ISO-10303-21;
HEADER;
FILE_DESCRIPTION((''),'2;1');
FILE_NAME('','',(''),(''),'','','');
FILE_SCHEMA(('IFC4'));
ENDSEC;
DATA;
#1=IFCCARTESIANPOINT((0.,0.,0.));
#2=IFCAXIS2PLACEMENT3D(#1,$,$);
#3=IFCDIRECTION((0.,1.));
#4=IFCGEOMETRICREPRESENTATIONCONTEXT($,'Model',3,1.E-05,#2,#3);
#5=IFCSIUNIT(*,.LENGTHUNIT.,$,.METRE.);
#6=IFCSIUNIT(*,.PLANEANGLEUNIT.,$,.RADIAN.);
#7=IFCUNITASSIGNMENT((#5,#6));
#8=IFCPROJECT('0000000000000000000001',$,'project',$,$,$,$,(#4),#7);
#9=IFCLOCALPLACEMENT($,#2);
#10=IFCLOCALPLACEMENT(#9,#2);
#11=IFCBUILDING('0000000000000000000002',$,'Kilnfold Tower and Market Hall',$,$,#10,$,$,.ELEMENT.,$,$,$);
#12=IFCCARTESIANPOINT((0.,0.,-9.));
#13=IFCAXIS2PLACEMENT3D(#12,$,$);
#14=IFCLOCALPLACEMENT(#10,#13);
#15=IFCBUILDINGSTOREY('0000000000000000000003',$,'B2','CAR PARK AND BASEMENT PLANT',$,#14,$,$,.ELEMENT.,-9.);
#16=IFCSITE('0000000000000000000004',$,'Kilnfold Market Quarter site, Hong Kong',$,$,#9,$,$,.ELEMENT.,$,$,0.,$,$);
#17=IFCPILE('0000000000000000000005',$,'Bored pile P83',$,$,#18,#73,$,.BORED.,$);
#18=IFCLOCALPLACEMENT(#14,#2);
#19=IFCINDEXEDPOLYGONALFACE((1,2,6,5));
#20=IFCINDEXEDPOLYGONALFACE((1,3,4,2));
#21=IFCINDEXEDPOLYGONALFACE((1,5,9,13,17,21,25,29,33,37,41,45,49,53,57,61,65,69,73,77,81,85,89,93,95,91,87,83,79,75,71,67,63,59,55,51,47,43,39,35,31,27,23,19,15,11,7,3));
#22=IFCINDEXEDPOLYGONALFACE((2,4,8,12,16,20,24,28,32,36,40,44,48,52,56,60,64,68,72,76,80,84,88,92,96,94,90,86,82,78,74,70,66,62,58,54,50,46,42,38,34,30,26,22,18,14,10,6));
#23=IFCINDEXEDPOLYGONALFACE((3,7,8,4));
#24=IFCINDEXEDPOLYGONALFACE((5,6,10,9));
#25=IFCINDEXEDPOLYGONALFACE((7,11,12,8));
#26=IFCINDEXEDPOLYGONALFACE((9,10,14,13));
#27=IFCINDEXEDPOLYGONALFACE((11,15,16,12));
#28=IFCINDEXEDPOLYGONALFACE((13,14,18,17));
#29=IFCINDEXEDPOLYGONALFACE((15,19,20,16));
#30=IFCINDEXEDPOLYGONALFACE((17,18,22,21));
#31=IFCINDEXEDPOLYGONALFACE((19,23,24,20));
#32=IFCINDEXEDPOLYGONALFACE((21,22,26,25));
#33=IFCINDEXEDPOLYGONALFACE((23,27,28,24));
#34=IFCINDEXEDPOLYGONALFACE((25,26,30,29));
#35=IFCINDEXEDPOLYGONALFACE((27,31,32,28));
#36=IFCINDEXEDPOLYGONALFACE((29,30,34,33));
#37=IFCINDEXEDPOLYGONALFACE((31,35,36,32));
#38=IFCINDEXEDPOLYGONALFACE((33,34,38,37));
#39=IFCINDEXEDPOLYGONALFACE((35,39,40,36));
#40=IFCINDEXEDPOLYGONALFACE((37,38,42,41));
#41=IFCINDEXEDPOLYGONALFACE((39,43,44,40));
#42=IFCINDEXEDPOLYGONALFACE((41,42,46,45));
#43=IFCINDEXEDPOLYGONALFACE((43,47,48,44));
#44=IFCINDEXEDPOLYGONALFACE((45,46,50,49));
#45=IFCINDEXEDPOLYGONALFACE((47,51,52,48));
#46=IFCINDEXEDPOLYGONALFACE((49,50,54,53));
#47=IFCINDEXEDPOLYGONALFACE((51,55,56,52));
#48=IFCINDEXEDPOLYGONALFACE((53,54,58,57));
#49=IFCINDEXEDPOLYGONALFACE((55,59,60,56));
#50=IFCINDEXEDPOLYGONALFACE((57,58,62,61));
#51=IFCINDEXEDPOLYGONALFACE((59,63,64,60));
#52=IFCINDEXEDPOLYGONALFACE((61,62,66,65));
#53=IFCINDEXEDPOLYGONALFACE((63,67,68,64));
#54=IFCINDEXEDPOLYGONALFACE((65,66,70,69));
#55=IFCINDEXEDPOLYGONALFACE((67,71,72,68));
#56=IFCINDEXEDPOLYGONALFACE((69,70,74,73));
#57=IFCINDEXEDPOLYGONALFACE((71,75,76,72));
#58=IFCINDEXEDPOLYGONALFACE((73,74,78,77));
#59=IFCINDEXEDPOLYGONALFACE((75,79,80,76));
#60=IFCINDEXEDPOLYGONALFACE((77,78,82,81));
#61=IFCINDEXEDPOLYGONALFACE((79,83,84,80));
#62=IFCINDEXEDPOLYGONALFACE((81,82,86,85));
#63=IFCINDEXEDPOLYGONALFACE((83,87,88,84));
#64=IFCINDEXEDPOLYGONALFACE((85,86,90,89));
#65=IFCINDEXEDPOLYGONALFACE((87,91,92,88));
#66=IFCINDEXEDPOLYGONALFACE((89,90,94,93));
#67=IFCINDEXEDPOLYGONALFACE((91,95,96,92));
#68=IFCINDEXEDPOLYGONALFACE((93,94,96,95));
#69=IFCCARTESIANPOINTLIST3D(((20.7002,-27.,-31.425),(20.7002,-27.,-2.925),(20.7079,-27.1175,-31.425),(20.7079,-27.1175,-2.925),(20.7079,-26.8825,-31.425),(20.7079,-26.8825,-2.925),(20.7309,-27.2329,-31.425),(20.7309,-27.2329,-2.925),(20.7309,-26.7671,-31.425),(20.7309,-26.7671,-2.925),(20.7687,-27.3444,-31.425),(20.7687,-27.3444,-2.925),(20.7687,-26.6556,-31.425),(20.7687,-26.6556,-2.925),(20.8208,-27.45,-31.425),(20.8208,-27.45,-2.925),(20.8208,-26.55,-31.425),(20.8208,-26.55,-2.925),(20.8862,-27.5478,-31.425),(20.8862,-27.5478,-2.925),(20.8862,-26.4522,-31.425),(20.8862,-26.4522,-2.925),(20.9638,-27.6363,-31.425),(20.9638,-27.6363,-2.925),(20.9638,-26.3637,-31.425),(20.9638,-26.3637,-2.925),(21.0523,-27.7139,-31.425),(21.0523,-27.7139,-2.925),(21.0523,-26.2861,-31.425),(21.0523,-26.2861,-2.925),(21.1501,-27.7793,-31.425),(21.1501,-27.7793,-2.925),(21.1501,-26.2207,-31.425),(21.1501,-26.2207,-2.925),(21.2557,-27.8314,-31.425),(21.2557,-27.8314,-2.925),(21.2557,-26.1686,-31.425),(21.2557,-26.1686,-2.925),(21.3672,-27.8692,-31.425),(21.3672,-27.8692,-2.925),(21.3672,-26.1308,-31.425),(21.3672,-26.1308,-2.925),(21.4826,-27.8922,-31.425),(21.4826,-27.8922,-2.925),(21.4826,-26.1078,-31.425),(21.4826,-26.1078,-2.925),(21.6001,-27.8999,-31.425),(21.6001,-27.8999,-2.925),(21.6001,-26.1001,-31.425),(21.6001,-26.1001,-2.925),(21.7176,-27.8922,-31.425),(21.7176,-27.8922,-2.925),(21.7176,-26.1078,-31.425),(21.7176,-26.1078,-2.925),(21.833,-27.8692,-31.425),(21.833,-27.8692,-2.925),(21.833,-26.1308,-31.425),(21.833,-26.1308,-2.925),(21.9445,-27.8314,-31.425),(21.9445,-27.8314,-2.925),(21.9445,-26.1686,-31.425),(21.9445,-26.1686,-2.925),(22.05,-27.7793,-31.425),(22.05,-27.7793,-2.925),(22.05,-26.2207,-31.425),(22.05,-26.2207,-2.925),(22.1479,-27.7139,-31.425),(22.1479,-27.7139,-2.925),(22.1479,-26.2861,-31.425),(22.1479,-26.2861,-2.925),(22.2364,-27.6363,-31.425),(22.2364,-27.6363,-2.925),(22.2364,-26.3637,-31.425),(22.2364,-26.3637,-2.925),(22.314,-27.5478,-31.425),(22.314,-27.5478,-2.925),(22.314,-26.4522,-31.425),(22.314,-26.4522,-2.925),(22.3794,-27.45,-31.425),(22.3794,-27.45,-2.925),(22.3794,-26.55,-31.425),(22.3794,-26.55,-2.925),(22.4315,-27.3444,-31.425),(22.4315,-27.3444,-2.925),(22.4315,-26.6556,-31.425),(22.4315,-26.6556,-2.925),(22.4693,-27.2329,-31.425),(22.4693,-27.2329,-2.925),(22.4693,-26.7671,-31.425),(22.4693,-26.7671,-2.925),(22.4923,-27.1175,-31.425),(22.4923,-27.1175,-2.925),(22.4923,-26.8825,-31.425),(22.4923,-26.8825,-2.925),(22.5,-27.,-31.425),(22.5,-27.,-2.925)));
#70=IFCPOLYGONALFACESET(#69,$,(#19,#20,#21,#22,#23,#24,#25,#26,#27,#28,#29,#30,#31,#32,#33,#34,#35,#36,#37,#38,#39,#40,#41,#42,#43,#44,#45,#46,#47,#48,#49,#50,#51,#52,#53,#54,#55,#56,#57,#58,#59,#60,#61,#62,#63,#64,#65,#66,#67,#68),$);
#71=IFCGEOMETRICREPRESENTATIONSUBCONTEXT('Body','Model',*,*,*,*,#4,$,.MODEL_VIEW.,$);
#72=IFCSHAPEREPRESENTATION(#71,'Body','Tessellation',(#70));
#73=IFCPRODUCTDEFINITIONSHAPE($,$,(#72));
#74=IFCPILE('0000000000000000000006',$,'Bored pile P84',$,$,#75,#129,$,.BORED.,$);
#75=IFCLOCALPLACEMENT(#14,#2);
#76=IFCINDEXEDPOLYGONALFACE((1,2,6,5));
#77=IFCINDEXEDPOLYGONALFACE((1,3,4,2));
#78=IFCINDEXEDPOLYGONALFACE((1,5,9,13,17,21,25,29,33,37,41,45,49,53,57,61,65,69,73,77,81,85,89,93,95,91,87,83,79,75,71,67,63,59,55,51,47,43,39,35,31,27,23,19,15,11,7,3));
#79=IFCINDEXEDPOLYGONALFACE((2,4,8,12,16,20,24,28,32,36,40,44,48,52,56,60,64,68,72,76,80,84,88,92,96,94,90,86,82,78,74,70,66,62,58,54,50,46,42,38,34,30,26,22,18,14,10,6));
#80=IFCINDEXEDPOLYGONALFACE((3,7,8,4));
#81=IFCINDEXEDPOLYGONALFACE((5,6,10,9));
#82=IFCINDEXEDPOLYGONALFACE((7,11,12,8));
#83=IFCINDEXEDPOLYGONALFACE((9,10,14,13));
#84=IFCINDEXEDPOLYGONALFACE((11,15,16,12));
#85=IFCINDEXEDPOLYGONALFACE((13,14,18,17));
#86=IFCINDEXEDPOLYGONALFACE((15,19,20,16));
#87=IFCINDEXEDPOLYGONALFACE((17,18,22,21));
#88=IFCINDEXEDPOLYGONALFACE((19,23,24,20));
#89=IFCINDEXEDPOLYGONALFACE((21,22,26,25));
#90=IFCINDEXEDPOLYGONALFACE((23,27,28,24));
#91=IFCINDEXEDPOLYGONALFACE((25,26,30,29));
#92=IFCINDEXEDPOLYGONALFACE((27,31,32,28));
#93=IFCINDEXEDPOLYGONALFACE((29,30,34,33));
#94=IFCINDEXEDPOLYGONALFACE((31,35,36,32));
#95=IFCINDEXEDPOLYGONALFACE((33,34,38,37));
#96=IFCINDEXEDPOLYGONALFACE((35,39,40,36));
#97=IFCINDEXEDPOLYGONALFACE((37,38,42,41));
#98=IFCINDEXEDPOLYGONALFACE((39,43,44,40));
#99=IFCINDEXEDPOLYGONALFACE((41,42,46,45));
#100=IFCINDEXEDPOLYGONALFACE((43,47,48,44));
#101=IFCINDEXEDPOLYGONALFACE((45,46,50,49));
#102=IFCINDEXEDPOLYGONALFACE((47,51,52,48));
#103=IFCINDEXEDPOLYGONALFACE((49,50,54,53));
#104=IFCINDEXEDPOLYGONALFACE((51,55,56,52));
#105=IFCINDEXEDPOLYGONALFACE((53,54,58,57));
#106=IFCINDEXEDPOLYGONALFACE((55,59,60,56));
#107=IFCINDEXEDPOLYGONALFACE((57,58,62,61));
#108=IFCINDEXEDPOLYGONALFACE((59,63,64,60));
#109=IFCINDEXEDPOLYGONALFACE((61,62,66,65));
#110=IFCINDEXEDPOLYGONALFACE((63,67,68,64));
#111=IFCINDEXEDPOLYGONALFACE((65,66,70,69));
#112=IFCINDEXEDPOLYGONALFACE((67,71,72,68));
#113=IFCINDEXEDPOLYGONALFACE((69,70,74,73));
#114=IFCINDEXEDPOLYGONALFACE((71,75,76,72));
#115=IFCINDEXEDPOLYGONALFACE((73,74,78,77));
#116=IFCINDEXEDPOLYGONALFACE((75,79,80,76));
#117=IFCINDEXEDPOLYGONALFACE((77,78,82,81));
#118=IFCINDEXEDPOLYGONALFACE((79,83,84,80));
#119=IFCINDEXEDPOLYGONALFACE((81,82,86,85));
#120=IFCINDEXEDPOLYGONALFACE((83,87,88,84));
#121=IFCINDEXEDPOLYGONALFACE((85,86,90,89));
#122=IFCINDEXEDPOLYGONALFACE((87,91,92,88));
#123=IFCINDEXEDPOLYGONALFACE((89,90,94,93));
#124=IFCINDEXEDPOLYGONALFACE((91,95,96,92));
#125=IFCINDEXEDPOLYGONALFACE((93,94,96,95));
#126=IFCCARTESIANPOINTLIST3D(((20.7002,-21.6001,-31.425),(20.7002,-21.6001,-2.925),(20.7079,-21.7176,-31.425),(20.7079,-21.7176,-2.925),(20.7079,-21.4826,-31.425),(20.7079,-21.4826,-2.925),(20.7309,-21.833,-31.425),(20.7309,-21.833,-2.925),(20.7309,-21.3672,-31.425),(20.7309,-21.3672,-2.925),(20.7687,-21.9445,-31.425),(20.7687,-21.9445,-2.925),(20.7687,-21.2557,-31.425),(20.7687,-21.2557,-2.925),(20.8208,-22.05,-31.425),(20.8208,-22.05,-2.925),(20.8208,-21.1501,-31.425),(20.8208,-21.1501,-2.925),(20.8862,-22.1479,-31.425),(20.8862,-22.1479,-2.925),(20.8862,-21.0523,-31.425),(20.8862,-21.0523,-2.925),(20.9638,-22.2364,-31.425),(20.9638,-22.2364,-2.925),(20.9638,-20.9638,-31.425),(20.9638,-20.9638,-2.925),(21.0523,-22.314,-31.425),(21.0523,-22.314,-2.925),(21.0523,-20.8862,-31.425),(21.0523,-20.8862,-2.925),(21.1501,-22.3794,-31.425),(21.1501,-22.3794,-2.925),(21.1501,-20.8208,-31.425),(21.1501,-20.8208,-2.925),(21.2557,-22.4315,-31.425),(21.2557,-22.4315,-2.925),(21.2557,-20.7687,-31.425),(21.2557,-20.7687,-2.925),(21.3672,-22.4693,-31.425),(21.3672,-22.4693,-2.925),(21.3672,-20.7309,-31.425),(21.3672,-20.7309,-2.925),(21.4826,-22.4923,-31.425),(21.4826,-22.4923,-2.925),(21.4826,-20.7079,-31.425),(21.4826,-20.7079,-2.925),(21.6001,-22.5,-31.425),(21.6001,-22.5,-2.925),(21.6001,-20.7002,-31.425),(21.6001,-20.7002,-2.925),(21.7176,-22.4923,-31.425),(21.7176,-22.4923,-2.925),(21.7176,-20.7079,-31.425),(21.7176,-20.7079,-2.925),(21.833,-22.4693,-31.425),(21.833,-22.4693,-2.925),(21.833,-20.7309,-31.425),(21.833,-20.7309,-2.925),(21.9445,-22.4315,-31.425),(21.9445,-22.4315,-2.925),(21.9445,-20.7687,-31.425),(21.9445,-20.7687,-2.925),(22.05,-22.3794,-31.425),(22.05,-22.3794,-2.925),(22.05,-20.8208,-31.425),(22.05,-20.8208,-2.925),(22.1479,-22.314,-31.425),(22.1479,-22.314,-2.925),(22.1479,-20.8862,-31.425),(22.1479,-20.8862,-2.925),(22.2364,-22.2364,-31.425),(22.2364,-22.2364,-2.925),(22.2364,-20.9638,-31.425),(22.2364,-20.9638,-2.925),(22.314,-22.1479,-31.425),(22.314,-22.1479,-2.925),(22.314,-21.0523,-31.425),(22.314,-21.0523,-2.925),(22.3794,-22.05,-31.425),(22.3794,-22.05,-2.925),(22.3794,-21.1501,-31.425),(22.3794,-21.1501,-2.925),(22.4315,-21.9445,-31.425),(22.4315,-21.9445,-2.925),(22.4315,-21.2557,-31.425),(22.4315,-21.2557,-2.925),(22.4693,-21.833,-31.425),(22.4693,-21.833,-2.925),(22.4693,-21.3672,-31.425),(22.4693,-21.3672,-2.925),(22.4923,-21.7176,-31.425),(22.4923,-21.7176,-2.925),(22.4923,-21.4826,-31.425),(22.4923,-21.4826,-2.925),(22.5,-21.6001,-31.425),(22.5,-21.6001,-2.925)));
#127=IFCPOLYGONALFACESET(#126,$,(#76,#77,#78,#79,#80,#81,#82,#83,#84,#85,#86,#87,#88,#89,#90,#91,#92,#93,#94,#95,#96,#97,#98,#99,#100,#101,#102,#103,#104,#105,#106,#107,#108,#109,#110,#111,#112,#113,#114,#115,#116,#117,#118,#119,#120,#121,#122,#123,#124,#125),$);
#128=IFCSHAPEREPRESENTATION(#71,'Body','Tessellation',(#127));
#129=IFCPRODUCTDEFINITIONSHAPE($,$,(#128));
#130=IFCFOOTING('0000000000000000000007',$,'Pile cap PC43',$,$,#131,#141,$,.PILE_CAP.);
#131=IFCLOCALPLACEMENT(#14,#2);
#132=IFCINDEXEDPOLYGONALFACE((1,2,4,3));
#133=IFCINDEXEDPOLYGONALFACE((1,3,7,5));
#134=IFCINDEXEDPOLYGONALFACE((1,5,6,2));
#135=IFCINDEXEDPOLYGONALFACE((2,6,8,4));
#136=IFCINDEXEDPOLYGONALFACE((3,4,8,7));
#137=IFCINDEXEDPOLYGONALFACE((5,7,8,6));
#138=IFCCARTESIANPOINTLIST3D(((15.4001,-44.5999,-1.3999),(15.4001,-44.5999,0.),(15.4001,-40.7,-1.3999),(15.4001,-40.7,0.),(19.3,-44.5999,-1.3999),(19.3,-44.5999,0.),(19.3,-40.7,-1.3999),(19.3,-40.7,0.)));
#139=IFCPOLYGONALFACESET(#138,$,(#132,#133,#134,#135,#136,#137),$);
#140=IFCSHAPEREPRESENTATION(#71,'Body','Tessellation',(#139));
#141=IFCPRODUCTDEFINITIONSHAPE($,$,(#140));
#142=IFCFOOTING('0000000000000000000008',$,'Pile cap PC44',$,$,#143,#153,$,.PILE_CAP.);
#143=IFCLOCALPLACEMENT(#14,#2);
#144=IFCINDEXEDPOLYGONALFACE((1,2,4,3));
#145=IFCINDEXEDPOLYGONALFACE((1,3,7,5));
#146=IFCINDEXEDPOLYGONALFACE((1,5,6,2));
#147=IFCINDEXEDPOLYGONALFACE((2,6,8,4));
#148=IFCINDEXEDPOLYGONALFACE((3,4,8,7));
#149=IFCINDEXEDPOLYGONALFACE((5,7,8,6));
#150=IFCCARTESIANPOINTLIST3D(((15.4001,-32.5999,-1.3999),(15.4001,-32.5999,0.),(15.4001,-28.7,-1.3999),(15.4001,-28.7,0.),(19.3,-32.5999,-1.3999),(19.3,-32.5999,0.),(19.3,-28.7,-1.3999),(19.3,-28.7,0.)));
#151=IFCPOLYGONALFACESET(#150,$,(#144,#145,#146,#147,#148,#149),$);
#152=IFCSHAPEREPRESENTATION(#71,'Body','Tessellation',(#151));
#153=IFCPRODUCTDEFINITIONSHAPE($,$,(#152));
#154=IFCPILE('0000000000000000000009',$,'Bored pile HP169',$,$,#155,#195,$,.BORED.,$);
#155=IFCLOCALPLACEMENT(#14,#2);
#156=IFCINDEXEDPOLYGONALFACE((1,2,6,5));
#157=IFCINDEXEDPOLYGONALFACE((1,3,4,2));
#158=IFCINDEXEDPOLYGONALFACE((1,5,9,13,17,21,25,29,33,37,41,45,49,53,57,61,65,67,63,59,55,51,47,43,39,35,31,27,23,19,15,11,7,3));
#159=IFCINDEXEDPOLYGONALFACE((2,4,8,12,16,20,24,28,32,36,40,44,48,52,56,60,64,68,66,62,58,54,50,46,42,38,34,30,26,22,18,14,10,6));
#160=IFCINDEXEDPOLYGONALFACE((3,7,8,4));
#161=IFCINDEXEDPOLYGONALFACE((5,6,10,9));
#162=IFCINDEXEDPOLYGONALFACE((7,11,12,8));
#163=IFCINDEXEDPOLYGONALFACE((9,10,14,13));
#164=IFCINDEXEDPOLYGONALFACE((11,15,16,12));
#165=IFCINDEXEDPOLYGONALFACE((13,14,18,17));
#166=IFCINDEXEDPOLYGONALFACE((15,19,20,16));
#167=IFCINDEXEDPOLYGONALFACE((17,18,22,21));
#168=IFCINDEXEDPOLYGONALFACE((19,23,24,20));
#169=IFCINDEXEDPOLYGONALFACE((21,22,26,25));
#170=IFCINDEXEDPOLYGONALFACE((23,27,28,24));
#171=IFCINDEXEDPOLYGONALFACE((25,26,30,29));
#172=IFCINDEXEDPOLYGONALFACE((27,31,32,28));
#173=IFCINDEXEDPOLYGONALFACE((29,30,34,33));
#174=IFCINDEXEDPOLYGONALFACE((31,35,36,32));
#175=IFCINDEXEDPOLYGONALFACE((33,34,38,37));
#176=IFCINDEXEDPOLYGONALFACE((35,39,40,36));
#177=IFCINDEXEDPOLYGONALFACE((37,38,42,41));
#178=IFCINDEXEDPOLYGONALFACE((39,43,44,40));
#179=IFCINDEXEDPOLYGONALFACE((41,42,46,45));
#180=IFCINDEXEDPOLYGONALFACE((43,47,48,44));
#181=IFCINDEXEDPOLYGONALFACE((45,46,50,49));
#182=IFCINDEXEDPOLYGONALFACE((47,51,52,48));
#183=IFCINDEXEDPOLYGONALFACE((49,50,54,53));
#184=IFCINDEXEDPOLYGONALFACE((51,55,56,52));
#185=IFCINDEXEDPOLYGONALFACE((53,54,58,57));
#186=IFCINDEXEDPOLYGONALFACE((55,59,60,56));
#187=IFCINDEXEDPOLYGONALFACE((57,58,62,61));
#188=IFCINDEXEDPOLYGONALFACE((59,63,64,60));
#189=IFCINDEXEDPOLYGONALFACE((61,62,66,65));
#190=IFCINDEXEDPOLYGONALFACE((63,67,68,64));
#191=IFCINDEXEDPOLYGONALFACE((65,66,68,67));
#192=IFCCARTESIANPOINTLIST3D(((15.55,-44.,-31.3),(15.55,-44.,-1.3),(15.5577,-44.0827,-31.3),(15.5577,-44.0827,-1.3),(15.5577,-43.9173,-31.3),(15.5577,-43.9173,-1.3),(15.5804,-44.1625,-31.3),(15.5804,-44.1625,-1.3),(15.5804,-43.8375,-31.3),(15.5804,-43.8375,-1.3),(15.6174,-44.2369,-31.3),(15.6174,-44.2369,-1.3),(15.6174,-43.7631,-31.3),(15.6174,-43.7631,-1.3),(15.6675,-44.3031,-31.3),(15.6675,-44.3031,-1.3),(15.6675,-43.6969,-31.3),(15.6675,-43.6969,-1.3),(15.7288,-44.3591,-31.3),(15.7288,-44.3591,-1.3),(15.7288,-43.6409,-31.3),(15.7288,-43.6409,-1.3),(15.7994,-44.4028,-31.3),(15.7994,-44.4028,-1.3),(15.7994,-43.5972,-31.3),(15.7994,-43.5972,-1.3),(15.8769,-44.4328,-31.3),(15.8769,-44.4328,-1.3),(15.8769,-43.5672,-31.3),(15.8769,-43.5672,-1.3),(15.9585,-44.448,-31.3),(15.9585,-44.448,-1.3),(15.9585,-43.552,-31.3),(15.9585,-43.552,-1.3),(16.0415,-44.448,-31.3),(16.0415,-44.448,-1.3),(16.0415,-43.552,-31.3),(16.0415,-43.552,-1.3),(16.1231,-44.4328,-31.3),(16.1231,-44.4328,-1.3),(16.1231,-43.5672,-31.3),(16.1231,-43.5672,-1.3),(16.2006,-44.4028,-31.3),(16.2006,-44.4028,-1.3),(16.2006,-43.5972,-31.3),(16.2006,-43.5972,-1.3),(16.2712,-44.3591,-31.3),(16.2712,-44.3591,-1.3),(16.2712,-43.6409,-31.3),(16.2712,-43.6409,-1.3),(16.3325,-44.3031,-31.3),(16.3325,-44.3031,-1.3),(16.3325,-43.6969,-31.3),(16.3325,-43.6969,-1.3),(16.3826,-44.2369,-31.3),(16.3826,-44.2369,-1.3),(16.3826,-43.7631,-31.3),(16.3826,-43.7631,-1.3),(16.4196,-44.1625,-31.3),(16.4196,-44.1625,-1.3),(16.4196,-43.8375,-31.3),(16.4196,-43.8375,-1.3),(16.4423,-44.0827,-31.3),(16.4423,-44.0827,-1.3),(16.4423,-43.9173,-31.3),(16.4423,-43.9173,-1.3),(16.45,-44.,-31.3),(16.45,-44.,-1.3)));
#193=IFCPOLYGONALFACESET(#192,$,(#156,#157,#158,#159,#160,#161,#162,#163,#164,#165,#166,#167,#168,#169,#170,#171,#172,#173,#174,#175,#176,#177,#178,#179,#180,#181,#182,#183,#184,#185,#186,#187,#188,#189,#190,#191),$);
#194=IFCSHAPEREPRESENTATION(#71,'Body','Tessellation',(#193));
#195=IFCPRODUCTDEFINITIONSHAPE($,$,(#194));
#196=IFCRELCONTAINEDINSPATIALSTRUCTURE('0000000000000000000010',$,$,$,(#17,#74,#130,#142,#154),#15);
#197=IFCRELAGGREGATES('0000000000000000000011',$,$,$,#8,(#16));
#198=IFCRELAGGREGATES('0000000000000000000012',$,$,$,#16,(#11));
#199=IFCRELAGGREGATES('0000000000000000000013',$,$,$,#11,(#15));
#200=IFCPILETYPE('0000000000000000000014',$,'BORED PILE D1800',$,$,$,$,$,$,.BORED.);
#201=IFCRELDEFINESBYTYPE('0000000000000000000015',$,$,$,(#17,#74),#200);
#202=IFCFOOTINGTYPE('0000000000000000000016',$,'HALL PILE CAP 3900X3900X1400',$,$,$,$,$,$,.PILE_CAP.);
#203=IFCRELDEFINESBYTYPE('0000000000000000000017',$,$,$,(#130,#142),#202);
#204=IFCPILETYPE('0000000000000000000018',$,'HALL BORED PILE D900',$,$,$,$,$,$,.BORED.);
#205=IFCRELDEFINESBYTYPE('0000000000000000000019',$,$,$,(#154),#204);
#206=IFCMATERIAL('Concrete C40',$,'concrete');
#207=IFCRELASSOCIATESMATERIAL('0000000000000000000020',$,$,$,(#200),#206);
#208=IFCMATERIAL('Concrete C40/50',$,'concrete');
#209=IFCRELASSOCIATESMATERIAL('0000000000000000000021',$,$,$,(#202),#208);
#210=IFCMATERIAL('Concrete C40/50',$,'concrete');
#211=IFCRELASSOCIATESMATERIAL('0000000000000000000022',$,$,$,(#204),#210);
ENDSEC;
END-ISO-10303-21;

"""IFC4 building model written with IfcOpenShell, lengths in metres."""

from ifc_helpers import new_model, si_unit, direction, frame, origin, origin_2d, place, context, subcontext, project, spatial, rectangle, circle, extrude, source, transform, mapped, material, material_profile, profile_set, type_object, element, save


model = new_model("IFC4")

# Units and contexts
model_context = context("Model", 3, precision=1e-05, world=origin(), true_north=direction((0.0, 1.0)))
body_context = subcontext(model_context, "Body", "Model", "MODEL_VIEW")
ifc_project = project(units=[si_unit("LENGTHUNIT", "METRE"), si_unit("PLANEANGLEUNIT", "RADIAN")], contexts=[model_context])

# Site, building, storey
site_placement = place(None, origin())
site = spatial("IfcSite", under=ifc_project, at=site_placement, Name="Kilnfold Market Quarter site, Hong Kong", CompositionType="ELEMENT", RefElevation=0.0)
building_placement = place(site_placement, origin())
building = spatial("IfcBuilding", under=site, at=building_placement, Name="Kilnfold Tower and Market Hall", CompositionType="ELEMENT")
storey_placement = place(building_placement, frame((0.0, 0.0, -9.0)))
storey = spatial("IfcBuildingStorey", under=building, at=storey_placement, Name="B2", Description="CAR PARK AND BASEMENT PLANT", CompositionType="ELEMENT", Elevation=-9.0)

# Piles
ifc_material_1 = material(Name="Concrete C40", Category="concrete")
ifc_material_profile_1 = material_profile(ifc_material_1, circle(Radius=0.8999, at=origin_2d()), Name="RC D1800")
ifc_profile_set_1 = profile_set([ifc_material_profile_1], Name="Concrete C40")
pile_type_1 = type_object("IfcPileType", Name="BORED PILE D1800", PredefinedType="BORED", material=ifc_profile_set_1)
shared_shape_1 = source(origin(), body_context, "Body", "SweptSolid", [
    extrude(circle(Radius=0.8999, at=origin_2d()), origin(), (0.0, 0.0, 1.0), 28.5),
])
for number, where, z_axis, x_axis, name in (
    (1, (21.6001, -27.0, -2.925), (0.0, 0.0, -1.0), (1.0, 0.0, 0.0), "Bored pile P83"),
    (2, (21.6001, -21.6001, -2.925), (0.0, 0.0, -1.0), (1.0, 0.0, 0.0), "Bored pile P84"),
):
    element("IfcPile", number, at=place(storey_placement, frame(where, z_axis=z_axis, x_axis=x_axis)), inside=storey, type_object=pile_type_1, Name=name, PredefinedType="BORED", context=body_context, shape_type="MappedRepresentation", body=[
        mapped(shared_shape_1, transform((0.0, 0.0, 0.0))),
    ])

# Footings
ifc_material_2 = material(Name="Concrete C40/50", Category="concrete")
footing_type = type_object("IfcFootingType", Name="HALL PILE CAP 3900X3900X1400", PredefinedType="PILE_CAP", material=ifc_material_2)
shared_shape_2 = source(origin(), body_context, "Body", "SweptSolid", [
    extrude(rectangle(XDim=3.8999, YDim=3.8999, at=origin_2d()), origin(), (0.0, 0.0, 1.0), 1.3999),
])
for number, where, z_axis, x_axis, name in (
    (3, (17.3501, -42.6499, -1.3999), (0.0, 0.0, 1.0), (1.0, 0.0, 0.0), "Pile cap PC43"),
    (4, (17.3501, -30.6499, -1.3999), (0.0, 0.0, 1.0), (1.0, 0.0, 0.0), "Pile cap PC44"),
):
    element("IfcFooting", number, at=place(storey_placement, frame(where, z_axis=z_axis, x_axis=x_axis)), inside=storey, type_object=footing_type, Name=name, PredefinedType="PILE_CAP", context=body_context, shape_type="MappedRepresentation", body=[
        mapped(shared_shape_2, transform((0.0, 0.0, 0.0))),
    ])

# Pile
ifc_material_3 = material(Name="Concrete C40/50", Category="concrete")
ifc_material_profile_2 = material_profile(ifc_material_3, circle(Radius=0.45, at=origin_2d()), Name="D900")
ifc_profile_set_2 = profile_set([ifc_material_profile_2], Name="Concrete C40/50")
pile_type_2 = type_object("IfcPileType", Name="HALL BORED PILE D900", PredefinedType="BORED", material=ifc_profile_set_2)
shared_shape_3 = source(origin(), body_context, "Body", "SweptSolid", [
    extrude(circle(Radius=0.45, at=origin_2d()), origin(), (0.0, 0.0, 1.0), 30.0),
])
for number, where, z_axis, x_axis, name in (
    (5, (16.0, -44.0, -1.3), (0.0, 0.0, -1.0), (1.0, 0.0, 0.0), "Bored pile HP169"),
):
    element("IfcPile", number, at=place(storey_placement, frame(where, z_axis=z_axis, x_axis=x_axis)), inside=storey, type_object=pile_type_2, Name=name, PredefinedType="BORED", context=body_context, shape_type="MappedRepresentation", body=[
        mapped(shared_shape_3, transform((0.0, 0.0, 0.0))),
    ])

save(model, "model.ifc")
